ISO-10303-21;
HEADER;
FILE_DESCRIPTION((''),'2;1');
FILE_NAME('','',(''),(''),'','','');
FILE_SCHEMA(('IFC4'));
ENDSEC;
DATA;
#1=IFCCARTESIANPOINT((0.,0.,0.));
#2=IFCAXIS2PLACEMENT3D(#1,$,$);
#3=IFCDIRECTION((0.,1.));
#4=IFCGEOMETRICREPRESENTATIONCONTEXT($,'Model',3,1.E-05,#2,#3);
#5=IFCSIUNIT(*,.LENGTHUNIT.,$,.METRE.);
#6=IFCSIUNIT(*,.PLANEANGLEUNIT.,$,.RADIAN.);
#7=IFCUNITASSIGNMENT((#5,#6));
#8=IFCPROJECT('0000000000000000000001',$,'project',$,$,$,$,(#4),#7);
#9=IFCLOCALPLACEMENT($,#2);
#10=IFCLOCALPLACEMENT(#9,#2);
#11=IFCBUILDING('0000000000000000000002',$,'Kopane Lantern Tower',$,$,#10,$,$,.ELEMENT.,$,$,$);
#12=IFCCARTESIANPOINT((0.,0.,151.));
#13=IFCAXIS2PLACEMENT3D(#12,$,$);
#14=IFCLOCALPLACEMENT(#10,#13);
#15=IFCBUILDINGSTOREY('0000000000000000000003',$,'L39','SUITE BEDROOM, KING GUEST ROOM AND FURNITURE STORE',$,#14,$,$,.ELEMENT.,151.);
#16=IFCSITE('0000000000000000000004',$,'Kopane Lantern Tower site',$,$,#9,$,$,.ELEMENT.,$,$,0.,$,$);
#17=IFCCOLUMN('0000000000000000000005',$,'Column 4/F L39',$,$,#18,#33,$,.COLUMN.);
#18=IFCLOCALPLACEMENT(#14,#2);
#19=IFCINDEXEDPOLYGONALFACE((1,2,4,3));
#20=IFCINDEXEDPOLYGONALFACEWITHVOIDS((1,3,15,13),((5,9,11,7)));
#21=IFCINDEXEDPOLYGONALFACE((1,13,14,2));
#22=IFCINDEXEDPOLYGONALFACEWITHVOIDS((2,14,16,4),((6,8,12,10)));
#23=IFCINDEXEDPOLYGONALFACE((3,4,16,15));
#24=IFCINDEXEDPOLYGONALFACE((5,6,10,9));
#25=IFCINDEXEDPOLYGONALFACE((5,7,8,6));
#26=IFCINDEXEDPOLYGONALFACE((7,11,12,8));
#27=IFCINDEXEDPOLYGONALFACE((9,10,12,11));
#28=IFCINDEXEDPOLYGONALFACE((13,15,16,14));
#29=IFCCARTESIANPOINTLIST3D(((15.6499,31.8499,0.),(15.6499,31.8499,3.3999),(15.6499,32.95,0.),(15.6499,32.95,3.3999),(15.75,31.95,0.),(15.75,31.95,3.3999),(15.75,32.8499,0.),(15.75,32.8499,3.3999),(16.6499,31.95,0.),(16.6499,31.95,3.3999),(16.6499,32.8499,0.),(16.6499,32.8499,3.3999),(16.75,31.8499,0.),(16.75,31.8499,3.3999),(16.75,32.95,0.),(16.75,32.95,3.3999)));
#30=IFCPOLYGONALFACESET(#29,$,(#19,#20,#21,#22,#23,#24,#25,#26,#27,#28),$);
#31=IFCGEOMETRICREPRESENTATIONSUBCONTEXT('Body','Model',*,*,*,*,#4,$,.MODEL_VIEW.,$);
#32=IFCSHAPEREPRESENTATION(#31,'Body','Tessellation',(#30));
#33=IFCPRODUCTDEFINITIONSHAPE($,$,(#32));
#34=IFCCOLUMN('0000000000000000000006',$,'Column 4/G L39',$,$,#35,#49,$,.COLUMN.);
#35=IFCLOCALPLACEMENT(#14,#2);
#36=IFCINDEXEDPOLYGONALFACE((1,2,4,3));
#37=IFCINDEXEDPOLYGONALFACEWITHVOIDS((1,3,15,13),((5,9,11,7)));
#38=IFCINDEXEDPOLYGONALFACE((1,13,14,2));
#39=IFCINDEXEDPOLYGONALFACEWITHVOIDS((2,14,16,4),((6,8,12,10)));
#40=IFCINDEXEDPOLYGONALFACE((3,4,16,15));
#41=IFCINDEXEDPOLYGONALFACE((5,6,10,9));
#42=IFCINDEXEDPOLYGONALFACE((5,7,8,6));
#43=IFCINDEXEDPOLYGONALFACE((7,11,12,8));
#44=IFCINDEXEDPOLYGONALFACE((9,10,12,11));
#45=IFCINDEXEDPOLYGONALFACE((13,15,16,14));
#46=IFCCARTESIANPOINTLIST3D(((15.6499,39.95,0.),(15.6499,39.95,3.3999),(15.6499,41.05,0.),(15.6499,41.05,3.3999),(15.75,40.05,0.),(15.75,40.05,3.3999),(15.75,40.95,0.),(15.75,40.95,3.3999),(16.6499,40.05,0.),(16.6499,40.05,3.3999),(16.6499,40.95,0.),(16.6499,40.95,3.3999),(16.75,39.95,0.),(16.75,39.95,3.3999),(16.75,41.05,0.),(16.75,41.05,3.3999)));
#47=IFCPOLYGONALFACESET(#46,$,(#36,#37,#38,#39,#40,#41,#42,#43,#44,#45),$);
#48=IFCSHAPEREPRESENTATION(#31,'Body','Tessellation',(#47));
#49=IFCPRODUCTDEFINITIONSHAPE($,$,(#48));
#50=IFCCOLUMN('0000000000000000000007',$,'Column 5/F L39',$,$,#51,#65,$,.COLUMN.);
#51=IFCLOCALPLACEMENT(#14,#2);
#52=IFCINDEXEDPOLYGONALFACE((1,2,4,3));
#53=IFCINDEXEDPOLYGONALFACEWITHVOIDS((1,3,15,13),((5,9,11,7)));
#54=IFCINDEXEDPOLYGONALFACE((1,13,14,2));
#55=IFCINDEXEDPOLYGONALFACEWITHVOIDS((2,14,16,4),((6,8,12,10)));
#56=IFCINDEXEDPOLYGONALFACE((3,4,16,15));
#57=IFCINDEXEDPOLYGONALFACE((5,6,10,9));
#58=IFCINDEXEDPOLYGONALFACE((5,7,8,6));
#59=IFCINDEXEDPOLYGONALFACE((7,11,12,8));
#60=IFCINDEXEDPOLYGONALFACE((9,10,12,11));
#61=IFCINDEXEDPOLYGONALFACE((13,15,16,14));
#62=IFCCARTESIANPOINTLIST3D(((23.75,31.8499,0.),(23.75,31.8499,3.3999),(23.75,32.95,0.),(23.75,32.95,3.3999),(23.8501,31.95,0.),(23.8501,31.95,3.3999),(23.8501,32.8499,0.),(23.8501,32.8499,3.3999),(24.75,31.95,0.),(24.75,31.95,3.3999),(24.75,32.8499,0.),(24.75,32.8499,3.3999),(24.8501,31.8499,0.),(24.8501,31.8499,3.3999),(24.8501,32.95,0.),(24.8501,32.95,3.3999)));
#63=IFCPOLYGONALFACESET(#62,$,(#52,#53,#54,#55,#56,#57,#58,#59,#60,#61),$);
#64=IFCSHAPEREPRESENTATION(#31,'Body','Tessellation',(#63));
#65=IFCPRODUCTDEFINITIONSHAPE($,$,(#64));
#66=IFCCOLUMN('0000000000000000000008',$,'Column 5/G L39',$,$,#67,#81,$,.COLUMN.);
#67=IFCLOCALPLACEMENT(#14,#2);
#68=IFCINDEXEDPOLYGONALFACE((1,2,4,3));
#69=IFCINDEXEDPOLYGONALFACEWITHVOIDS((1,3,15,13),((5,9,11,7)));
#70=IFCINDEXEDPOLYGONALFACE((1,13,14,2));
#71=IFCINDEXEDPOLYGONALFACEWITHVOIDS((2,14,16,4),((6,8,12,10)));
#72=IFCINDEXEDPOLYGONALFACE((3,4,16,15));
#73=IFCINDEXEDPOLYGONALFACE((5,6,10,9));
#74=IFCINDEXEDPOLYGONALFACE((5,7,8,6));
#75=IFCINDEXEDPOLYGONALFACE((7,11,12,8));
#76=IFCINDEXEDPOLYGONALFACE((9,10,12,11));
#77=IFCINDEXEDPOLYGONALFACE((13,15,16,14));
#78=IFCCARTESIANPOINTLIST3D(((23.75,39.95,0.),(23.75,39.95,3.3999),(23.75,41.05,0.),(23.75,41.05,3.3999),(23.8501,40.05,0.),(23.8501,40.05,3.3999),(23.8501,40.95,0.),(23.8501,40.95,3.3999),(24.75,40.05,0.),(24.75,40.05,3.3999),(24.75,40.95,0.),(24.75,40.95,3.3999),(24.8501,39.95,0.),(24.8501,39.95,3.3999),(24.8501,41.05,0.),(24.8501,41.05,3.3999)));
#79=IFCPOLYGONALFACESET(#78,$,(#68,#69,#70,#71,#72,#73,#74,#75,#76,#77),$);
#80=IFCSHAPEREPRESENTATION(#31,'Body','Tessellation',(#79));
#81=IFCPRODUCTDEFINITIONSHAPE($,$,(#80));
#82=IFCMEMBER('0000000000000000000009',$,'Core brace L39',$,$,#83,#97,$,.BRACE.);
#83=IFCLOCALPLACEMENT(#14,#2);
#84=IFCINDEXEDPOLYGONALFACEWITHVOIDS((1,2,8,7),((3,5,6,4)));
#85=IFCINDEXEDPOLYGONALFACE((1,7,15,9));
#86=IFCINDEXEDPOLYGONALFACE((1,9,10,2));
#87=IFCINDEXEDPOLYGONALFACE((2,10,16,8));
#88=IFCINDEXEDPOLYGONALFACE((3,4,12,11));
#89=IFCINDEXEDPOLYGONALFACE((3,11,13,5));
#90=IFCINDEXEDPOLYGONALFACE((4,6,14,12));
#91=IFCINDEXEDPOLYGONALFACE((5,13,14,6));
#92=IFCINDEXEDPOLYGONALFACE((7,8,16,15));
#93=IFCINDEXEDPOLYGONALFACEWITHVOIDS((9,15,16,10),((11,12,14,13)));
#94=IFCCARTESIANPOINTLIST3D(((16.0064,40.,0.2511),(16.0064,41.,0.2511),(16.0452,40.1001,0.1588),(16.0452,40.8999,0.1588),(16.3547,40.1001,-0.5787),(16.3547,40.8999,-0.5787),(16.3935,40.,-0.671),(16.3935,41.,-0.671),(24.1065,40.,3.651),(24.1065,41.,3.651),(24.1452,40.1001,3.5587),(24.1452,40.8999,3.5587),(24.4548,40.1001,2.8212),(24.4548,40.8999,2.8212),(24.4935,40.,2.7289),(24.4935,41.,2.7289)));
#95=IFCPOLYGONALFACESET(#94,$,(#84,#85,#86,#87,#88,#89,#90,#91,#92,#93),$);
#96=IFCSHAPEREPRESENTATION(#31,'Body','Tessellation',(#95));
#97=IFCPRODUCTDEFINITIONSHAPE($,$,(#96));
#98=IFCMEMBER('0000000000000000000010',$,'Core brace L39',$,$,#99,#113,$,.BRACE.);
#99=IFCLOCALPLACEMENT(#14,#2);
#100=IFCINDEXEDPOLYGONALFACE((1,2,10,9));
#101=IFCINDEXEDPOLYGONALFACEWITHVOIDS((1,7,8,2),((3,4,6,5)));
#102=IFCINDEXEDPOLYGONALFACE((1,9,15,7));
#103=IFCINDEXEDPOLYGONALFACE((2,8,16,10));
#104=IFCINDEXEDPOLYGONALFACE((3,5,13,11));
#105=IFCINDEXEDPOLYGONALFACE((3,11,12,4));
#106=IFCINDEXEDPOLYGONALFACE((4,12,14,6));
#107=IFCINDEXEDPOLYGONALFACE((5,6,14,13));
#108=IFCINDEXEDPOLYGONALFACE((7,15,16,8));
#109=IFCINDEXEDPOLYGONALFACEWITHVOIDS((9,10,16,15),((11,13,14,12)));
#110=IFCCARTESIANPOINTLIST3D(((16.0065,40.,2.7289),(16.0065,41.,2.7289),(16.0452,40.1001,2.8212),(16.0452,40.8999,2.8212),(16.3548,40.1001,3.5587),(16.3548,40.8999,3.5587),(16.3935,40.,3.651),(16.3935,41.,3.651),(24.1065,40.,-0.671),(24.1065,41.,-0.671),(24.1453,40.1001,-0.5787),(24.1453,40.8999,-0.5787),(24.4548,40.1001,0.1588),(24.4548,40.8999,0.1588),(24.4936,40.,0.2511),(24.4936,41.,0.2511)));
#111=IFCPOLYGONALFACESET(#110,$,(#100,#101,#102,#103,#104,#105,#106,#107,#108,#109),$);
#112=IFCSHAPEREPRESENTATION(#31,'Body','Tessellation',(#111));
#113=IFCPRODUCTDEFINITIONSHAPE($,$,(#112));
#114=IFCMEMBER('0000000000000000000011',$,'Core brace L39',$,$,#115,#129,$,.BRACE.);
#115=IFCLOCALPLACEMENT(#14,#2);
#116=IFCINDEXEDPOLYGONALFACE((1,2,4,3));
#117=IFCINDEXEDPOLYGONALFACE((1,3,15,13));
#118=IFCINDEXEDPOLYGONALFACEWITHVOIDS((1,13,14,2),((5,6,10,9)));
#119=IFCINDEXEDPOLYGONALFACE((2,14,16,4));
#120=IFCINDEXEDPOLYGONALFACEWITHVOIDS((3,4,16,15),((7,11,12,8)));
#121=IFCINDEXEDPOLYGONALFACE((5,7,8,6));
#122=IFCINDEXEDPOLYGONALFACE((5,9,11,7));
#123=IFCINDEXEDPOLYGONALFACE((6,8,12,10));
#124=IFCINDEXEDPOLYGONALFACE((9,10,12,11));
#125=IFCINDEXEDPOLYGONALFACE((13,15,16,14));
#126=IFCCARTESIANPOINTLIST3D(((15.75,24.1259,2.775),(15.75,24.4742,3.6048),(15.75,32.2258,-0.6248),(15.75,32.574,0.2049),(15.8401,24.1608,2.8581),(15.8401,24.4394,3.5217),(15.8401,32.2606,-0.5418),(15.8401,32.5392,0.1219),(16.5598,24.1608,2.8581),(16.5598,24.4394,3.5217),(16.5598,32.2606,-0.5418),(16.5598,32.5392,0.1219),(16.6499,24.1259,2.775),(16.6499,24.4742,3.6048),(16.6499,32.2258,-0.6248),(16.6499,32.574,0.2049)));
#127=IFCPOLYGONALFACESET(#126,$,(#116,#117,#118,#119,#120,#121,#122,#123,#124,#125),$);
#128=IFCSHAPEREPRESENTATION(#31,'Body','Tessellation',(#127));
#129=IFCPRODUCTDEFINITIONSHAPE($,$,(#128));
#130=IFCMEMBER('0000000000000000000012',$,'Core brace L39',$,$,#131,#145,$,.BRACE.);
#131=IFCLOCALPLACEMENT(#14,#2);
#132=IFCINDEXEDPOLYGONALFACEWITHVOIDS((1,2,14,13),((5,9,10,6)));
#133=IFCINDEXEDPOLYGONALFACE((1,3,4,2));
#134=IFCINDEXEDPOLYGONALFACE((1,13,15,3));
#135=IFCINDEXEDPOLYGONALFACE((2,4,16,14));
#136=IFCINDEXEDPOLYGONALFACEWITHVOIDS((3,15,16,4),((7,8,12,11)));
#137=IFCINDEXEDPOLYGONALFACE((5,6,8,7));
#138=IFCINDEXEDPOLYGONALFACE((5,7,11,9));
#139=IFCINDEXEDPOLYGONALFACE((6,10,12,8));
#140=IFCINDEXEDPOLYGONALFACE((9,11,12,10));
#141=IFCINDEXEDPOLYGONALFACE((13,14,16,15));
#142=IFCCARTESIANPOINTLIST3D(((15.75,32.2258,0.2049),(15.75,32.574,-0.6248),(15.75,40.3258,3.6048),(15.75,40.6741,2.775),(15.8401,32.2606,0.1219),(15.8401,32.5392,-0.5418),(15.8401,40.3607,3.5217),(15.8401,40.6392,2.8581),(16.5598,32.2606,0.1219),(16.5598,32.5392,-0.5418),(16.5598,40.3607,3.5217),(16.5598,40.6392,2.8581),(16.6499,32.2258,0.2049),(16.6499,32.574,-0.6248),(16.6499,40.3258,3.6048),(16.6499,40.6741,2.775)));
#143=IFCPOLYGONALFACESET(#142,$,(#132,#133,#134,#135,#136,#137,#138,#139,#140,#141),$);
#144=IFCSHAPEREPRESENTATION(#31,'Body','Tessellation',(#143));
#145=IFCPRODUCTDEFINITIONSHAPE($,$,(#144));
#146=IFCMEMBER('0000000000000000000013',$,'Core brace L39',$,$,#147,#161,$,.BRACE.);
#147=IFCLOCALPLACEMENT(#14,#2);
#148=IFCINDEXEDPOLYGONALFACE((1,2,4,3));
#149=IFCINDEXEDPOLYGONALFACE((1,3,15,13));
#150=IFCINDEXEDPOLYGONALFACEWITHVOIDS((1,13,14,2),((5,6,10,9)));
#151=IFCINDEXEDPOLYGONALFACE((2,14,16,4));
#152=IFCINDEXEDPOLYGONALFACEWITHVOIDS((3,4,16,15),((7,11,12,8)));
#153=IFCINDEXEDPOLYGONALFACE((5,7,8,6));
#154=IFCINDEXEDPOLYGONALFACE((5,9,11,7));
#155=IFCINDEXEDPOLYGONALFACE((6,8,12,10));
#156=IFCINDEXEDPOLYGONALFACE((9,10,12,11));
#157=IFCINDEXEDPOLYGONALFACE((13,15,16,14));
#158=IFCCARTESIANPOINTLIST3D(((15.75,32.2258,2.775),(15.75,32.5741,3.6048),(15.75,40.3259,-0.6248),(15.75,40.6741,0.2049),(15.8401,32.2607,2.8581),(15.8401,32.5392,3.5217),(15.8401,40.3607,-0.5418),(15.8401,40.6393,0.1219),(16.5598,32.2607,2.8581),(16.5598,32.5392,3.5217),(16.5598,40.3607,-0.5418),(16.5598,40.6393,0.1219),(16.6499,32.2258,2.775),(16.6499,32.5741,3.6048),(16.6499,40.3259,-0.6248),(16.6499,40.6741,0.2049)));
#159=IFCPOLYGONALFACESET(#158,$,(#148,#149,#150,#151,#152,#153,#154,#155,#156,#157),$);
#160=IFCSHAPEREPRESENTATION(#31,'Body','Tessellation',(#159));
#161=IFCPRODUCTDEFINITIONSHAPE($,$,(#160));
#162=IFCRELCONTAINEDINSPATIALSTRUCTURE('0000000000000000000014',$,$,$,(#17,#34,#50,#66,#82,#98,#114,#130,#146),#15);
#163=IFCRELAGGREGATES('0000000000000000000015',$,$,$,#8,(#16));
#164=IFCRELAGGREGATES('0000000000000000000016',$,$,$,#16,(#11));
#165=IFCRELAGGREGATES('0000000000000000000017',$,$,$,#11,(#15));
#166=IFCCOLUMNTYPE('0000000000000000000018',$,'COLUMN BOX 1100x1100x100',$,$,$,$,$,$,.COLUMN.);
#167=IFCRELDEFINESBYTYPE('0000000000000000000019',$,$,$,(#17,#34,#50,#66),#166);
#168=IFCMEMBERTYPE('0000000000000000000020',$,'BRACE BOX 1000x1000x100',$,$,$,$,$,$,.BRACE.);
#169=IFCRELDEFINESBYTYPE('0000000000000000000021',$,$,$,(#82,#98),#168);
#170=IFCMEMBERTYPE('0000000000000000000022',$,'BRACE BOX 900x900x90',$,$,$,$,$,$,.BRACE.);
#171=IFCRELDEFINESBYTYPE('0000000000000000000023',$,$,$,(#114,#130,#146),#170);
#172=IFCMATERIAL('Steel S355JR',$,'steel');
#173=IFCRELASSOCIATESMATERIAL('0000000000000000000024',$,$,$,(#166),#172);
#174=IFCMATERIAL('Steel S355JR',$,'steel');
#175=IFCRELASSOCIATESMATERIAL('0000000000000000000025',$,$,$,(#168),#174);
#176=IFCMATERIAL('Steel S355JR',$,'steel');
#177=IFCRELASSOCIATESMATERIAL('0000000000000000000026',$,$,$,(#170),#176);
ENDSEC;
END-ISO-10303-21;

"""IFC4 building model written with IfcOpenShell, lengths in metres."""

from ifc_helpers import new_model, si_unit, direction, frame, origin, origin_2d, place, context, subcontext, project, spatial, hollow_rectangle, extrude, material, material_profile, profile_set, type_object, element, save


model = new_model("IFC4")

# Units and contexts
model_context = context("Model", 3, precision=1e-05, world=origin(), true_north=direction((0.0, 1.0)))
body_context = subcontext(model_context, "Body", "Model", "MODEL_VIEW")
ifc_project = project(units=[si_unit("LENGTHUNIT", "METRE"), si_unit("PLANEANGLEUNIT", "RADIAN")], contexts=[model_context])

# Site, building, storey
site_placement = place(None, origin())
site = spatial("IfcSite", under=ifc_project, at=site_placement, Name="Kopane Lantern Tower site", CompositionType="ELEMENT", RefElevation=0.0)
building_placement = place(site_placement, origin())
building = spatial("IfcBuilding", under=site, at=building_placement, Name="Kopane Lantern Tower", CompositionType="ELEMENT")
storey_placement = place(building_placement, frame((0.0, 0.0, 151.0)))
storey = spatial("IfcBuildingStorey", under=building, at=storey_placement, Name="L39", Description="SUITE BEDROOM, KING GUEST ROOM AND FURNITURE STORE", CompositionType="ELEMENT", Elevation=151.0)

# Columns
ifc_material_1 = material(Name="Steel S355JR", Category="steel")
ifc_material_profile_1 = material_profile(ifc_material_1, hollow_rectangle(XDim=1.1001, YDim=1.1001, WallThickness=0.1001, at=origin_2d()), Name="BOX 1100x1100x100")
ifc_profile_set_1 = profile_set([ifc_material_profile_1], Name="Steel S355JR")
column_type = type_object("IfcColumnType", Name="COLUMN BOX 1100x1100x100", PredefinedType="COLUMN", material=ifc_profile_set_1)
for number, where, z_axis, x_axis, name in (
    (1, (16.2, 32.3999, 0.0), (0.0, 0.0, 1.0), (1.0, 0.0, 0.0), "Column 4/F L39"),
    (2, (16.2, 40.5, 0.0), (0.0, 0.0, 1.0), (1.0, 0.0, 0.0), "Column 4/G L39"),
    (3, (24.3, 32.3999, 0.0), (0.0, 0.0, 1.0), (1.0, 0.0, 0.0), "Column 5/F L39"),
    (4, (24.3, 40.5, 0.0), (0.0, 0.0, 1.0), (1.0, 0.0, 0.0), "Column 5/G L39"),
):
    element("IfcColumn", number, at=place(storey_placement, frame(where, z_axis=z_axis, x_axis=x_axis)), inside=storey, type_object=column_type, Name=name, PredefinedType="COLUMN", context=body_context, shape_type="SweptSolid", body=[
        extrude(hollow_rectangle(XDim=1.1001, YDim=1.1001, WallThickness=0.1001, at=origin_2d()), origin(), (0.0, 0.0, 1.0), 3.3999),
    ])

# Members
ifc_material_2 = material(Name="Steel S355JR", Category="steel")
ifc_material_profile_2 = material_profile(ifc_material_2, hollow_rectangle(XDim=1.0, YDim=1.0, WallThickness=0.1001, at=origin_2d()), Name="BOX 1000x1000x100")
ifc_profile_set_2 = profile_set([ifc_material_profile_2], Name="Steel S355JR")
member_type_1 = type_object("IfcMemberType", Name="BRACE BOX 1000x1000x100", PredefinedType="BRACE", material=ifc_profile_set_2)
for number, where, z_axis, x_axis, name in (
    (5, (16.2, 40.5, -0.21), (0.922069, 0.0, 0.387026), (0.0, 1.0, 0.0), "Core brace L39"),
    (6, (24.3, 40.5, -0.21), (-0.922069, 0.0, 0.387026), (0.0, -1.0, 0.0), "Core brace L39"),
):
    element("IfcMember", number, at=place(storey_placement, frame(where, z_axis=z_axis, x_axis=x_axis)), inside=storey, type_object=member_type_1, Name=name, PredefinedType="BRACE", context=body_context, shape_type="SweptSolid", body=[
        extrude(hollow_rectangle(XDim=1.0, YDim=1.0, WallThickness=0.1001, at=origin_2d()), origin(), (0.0, 0.0, 1.0), 8.7847),
    ])
ifc_material_3 = material(Name="Steel S355JR", Category="steel")
ifc_material_profile_3 = material_profile(ifc_material_3, hollow_rectangle(XDim=0.8999, YDim=0.8999, WallThickness=0.0901, at=origin_2d()), Name="BOX 900x900x90")
ifc_profile_set_3 = profile_set([ifc_material_profile_3], Name="Steel S355JR")
member_type_2 = type_object("IfcMemberType", Name="BRACE BOX 900x900x90", PredefinedType="BRACE", material=ifc_profile_set_3)
member_placement = place(storey_placement, frame((16.2, 32.3999, -0.21), z_axis=(0.0, -0.922065, 0.387035), x_axis=(1.0, 0.0, 0.0)))
element("IfcMember", 7, at=member_placement, inside=storey, type_object=member_type_2, Name="Core brace L39", PredefinedType="BRACE", context=body_context, shape_type="SweptSolid", body=[
    extrude(hollow_rectangle(XDim=0.8999, YDim=0.8999, WallThickness=0.0901, at=origin_2d()), origin(), (0.0, 0.0, 1.0), 8.7844),
])
for number, where, z_axis, x_axis, name in (
    (8, (16.2, 32.3999, -0.21), (0.0, 0.922069, 0.387026), (-1.0, 0.0, 0.0), "Core brace L39"),
    (9, (16.2, 40.5, -0.21), (0.0, -0.922069, 0.387026), (1.0, 0.0, 0.0), "Core brace L39"),
):
    element("IfcMember", number, at=place(storey_placement, frame(where, z_axis=z_axis, x_axis=x_axis)), inside=storey, type_object=member_type_2, Name=name, PredefinedType="BRACE", context=body_context, shape_type="SweptSolid", body=[
        extrude(hollow_rectangle(XDim=0.8999, YDim=0.8999, WallThickness=0.0901, at=origin_2d()), origin(), (0.0, 0.0, 1.0), 8.7847),
    ])

save(model, "model.ifc")
